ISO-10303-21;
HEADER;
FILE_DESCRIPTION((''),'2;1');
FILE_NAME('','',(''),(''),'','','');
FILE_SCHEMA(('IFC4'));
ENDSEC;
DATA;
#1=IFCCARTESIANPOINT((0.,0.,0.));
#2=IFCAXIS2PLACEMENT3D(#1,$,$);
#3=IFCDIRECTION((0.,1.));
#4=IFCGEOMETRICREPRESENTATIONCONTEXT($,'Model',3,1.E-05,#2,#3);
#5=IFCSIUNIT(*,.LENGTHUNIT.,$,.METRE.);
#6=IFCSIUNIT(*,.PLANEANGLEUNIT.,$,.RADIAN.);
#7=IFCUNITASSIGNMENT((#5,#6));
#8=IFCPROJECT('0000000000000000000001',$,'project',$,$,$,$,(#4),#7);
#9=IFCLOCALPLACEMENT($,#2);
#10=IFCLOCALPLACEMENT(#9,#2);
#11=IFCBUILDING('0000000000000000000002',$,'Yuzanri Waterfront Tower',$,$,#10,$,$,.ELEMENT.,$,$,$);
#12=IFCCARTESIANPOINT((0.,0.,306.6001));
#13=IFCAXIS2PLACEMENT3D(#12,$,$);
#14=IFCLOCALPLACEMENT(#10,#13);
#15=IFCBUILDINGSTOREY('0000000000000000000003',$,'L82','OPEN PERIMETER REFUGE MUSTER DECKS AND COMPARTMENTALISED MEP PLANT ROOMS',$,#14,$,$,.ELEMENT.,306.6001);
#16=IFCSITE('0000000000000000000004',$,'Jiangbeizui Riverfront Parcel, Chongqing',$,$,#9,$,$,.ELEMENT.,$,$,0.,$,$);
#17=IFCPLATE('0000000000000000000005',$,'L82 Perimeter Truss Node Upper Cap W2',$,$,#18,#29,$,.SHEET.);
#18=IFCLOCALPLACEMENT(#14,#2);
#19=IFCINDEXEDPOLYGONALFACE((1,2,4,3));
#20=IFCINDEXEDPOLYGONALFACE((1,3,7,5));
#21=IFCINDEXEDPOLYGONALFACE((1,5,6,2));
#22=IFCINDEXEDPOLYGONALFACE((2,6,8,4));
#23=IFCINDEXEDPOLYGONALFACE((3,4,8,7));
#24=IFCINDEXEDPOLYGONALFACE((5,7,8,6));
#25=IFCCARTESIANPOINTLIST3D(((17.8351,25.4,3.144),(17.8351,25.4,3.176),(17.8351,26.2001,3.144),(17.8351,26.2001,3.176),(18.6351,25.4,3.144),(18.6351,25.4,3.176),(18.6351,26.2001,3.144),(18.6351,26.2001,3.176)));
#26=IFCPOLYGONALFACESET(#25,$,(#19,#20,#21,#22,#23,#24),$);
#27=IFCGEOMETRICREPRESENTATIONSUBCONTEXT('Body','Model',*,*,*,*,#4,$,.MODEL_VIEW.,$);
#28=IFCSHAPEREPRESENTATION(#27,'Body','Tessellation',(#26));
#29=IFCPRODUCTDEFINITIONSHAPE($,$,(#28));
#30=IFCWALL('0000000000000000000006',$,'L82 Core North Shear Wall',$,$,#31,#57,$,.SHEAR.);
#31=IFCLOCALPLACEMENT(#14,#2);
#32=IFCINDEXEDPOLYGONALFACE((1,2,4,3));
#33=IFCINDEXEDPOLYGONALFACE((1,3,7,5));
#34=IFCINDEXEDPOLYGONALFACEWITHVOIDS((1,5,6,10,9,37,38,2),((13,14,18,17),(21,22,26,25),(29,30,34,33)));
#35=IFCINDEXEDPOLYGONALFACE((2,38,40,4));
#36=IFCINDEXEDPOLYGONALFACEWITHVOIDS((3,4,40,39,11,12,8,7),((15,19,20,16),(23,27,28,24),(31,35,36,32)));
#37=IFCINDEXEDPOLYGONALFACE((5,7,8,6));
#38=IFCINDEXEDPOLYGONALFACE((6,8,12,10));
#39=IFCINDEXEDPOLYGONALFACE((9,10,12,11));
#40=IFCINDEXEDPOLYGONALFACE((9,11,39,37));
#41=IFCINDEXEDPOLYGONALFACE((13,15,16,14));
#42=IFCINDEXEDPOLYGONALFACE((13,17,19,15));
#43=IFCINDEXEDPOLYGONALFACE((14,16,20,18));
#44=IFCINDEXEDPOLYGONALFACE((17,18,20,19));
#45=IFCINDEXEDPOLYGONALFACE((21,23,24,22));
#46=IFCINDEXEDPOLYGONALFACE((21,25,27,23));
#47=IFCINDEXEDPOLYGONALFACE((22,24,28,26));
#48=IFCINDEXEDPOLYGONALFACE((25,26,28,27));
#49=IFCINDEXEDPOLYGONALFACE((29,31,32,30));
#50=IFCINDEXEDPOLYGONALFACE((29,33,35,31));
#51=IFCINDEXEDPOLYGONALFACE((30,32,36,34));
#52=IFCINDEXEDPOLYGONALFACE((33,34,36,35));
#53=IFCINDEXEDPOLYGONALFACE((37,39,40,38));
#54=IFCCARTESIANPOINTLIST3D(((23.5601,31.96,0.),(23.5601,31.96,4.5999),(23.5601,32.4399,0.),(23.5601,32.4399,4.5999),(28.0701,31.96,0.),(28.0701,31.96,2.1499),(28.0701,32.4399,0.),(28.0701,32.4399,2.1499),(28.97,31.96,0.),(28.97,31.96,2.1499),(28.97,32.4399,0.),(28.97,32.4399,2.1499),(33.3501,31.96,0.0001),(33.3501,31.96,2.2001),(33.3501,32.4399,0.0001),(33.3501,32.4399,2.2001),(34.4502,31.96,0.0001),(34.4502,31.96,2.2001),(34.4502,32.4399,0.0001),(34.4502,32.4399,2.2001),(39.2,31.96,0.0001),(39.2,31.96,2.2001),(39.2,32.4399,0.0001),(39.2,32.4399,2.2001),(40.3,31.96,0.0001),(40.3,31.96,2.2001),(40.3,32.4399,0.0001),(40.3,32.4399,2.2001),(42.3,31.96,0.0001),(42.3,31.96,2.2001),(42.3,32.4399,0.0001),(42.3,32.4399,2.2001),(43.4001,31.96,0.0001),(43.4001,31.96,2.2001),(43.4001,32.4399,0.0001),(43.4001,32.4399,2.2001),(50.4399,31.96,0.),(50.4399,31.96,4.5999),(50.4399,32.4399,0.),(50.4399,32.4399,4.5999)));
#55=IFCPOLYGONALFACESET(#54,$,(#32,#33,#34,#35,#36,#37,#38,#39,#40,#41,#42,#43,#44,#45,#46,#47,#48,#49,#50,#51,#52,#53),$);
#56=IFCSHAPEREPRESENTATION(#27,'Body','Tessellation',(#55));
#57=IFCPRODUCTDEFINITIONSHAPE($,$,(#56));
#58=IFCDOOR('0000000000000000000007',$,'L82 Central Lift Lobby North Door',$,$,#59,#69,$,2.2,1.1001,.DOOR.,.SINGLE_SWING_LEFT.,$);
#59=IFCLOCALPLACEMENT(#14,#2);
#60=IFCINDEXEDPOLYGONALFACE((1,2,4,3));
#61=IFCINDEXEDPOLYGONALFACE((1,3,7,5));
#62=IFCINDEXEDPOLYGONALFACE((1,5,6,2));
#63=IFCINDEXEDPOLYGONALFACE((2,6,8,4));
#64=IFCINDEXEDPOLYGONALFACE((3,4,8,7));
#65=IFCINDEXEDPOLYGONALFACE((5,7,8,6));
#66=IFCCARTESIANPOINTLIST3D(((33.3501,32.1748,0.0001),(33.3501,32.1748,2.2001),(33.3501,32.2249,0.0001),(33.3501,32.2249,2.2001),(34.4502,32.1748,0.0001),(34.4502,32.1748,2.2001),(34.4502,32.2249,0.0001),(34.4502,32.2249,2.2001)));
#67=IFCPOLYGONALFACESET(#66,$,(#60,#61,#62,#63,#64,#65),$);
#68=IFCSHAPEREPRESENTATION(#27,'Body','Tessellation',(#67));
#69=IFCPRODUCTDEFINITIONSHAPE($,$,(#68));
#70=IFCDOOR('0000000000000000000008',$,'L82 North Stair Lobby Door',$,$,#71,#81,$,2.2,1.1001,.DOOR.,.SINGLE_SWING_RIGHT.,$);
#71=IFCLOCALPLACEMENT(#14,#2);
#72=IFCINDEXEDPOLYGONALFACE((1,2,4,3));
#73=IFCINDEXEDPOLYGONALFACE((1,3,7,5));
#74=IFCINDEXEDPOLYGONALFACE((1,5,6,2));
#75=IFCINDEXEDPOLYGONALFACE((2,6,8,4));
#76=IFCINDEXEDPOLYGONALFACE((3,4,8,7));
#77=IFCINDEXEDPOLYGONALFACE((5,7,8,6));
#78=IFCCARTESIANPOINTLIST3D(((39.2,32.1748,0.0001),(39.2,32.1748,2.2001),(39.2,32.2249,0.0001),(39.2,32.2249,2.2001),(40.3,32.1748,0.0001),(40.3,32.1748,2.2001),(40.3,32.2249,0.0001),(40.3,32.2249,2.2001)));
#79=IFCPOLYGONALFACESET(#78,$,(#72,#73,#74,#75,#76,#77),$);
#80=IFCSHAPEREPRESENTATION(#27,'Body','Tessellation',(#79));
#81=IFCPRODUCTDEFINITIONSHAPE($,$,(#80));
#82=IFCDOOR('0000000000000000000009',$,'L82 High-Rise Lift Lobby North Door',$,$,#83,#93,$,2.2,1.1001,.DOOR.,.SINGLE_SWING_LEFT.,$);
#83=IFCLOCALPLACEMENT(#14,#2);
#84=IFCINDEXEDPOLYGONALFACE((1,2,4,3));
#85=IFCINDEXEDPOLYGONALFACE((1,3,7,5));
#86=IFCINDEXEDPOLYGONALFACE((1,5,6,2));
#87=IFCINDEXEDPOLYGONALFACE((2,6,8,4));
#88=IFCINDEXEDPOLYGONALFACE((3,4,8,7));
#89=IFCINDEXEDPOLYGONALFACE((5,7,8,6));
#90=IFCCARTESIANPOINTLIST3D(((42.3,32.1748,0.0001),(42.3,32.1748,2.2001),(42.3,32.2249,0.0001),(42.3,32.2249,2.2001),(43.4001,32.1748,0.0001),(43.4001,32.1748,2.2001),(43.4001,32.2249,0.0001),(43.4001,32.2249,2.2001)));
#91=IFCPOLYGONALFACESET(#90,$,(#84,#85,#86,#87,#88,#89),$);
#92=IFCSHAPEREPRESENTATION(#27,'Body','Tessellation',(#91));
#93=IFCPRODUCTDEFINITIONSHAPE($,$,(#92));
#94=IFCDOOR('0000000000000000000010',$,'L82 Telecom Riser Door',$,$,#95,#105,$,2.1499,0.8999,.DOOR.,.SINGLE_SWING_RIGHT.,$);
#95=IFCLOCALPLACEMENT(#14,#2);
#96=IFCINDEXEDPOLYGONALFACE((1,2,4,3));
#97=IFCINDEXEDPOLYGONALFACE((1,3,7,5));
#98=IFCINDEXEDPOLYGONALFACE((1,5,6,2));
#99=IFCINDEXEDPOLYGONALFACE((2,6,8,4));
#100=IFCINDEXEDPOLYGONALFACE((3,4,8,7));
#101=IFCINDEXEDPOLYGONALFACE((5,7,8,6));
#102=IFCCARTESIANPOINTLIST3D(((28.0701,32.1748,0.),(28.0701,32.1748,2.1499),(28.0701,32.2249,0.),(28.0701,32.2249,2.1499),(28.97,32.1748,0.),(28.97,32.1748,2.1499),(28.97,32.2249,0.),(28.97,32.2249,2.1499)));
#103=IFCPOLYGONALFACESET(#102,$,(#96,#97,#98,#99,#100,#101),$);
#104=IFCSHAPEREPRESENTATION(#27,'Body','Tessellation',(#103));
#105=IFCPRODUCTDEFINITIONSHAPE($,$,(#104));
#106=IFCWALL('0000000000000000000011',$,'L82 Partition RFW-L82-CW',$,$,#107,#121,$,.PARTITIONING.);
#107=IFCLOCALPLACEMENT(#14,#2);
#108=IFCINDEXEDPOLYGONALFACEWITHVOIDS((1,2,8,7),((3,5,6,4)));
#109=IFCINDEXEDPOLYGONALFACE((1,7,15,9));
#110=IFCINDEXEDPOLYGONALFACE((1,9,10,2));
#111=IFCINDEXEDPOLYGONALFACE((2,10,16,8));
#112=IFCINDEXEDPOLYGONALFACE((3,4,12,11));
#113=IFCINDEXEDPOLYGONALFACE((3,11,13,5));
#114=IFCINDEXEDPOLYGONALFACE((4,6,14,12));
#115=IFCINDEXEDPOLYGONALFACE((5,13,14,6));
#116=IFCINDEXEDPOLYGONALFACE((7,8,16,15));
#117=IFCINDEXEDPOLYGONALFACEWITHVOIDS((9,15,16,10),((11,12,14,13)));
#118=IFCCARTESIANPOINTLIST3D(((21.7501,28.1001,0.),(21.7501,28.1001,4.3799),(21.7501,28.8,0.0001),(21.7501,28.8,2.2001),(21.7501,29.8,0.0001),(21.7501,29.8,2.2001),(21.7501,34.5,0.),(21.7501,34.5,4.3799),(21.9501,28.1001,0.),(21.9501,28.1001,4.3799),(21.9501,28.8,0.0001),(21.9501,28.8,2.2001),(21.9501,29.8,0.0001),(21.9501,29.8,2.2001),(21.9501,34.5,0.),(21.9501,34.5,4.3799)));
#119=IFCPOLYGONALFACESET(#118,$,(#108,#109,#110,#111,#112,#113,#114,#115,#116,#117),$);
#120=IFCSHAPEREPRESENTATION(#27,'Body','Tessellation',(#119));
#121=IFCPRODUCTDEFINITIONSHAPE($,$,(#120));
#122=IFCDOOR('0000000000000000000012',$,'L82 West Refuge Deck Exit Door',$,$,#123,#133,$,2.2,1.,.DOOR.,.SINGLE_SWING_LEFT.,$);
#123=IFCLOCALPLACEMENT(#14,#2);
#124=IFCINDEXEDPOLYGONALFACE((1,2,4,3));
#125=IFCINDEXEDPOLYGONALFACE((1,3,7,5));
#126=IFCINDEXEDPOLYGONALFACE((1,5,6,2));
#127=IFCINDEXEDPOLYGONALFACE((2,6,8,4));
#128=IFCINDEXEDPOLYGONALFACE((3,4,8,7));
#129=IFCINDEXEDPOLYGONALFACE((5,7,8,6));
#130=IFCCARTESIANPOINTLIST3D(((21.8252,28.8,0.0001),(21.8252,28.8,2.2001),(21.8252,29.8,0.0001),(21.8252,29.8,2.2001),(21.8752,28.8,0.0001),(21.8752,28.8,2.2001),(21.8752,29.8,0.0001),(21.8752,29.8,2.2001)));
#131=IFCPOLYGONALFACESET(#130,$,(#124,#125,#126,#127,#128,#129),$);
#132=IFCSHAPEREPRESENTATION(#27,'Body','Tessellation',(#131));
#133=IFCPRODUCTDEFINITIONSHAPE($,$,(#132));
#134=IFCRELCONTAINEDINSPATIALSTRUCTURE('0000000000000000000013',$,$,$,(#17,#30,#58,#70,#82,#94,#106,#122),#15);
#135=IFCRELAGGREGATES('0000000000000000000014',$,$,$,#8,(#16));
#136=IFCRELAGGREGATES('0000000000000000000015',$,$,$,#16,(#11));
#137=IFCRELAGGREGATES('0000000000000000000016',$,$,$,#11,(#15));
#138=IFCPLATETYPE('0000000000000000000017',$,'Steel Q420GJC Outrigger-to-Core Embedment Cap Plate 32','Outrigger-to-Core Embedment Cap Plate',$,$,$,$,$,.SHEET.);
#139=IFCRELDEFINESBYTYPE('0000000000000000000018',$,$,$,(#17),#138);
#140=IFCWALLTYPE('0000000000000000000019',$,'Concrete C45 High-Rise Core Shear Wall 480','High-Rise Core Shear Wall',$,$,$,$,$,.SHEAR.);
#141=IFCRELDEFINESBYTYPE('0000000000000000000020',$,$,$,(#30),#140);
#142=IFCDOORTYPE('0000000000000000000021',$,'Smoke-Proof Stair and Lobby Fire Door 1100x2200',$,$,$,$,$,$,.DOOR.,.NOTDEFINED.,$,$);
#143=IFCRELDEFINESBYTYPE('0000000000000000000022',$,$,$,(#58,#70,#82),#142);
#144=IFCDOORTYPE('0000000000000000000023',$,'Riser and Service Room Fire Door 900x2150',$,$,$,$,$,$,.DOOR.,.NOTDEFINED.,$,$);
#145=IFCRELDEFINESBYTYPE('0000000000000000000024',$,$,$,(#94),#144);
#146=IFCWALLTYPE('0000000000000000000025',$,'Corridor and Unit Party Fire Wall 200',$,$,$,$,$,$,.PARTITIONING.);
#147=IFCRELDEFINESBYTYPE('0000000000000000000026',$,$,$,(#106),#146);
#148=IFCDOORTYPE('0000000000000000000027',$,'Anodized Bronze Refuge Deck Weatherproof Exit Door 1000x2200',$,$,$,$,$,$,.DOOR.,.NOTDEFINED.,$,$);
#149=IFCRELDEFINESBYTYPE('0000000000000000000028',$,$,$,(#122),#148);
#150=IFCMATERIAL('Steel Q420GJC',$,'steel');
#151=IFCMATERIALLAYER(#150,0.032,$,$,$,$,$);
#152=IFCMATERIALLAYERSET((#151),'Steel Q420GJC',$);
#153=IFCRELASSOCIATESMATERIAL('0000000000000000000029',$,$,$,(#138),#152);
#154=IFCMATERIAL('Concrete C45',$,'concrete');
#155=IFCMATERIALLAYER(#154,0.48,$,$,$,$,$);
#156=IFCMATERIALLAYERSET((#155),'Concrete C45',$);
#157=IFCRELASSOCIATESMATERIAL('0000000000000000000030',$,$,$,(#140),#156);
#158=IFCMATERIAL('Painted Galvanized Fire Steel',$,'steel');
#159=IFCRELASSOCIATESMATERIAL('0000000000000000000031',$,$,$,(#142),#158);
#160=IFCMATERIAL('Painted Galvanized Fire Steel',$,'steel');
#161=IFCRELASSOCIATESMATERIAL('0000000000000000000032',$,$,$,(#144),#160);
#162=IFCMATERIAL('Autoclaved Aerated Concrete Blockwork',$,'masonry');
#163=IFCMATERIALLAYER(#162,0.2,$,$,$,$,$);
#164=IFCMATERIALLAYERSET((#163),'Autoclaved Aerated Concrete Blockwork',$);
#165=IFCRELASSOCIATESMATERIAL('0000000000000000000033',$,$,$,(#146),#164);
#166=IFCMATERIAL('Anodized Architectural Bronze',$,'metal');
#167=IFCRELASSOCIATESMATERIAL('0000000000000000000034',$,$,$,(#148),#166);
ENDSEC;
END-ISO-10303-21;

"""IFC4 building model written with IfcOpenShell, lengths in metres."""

from ifc_helpers import new_model, si_unit, direction, frame, frame_2d, origin, origin_2d, place, context, subcontext, project, spatial, rectangle, extrude, source, transform, mapped, material, layer, layer_set, type_object, element, fill, save


model = new_model("IFC4")

# Units and contexts
model_context = context("Model", 3, precision=1e-05, world=origin(), true_north=direction((0.0, 1.0)))
body_context = subcontext(model_context, "Body", "Model", "MODEL_VIEW")
ifc_project = project(units=[si_unit("LENGTHUNIT", "METRE"), si_unit("PLANEANGLEUNIT", "RADIAN")], contexts=[model_context])

# Site, building, storey
site_placement = place(None, origin())
site = spatial("IfcSite", under=ifc_project, at=site_placement, Name="Jiangbeizui Riverfront Parcel, Chongqing", CompositionType="ELEMENT", RefElevation=0.0)
building_placement = place(site_placement, origin())
building = spatial("IfcBuilding", under=site, at=building_placement, Name="Yuzanri Waterfront Tower", CompositionType="ELEMENT")
storey_placement = place(building_placement, frame((0.0, 0.0, 306.6001)))
storey = spatial("IfcBuildingStorey", under=building, at=storey_placement, Name="L82", Description="OPEN PERIMETER REFUGE MUSTER DECKS AND COMPARTMENTALISED MEP PLANT ROOMS", CompositionType="ELEMENT", Elevation=306.6001)

# Plate
ifc_material_1 = material(Name="Steel Q420GJC", Category="steel")
ifc_layer_1 = layer(ifc_material_1, 0.032)
ifc_layer_set_1 = layer_set([ifc_layer_1], Name="Steel Q420GJC")
plate_type = type_object("IfcPlateType", Name="Steel Q420GJC Outrigger-to-Core Embedment Cap Plate 32", Description="Outrigger-to-Core Embedment Cap Plate", PredefinedType="SHEET", material=ifc_layer_set_1)
shared_shape_1 = source(origin(), body_context, "Body", "SweptSolid", [
    extrude(rectangle(XDim=0.8, YDim=0.8, at=origin_2d()), origin(), (0.0, 0.0, 1.0), 0.032),
])
for number, where, z_axis, x_axis, name in (
    (1, (18.2351, 25.8, 3.144), (0.0, 0.0, 1.0), (1.0, 0.0, 0.0), "L82 Perimeter Truss Node Upper Cap W2"),
):
    element("IfcPlate", number, at=place(storey_placement, frame(where, z_axis=z_axis, x_axis=x_axis)), inside=storey, type_object=plate_type, Name=name, PredefinedType="SHEET", context=body_context, shape_type="MappedRepresentation", body=[
        mapped(shared_shape_1, transform((0.0, 0.0, 0.0), scale=1.0)),
    ])

# Wall, openings, doors
ifc_material_2 = material(Name="Concrete C45", Category="concrete")
ifc_layer_2 = layer(ifc_material_2, 0.48)
ifc_layer_set_2 = layer_set([ifc_layer_2], Name="Concrete C45")
wall_type_1 = type_object("IfcWallType", Name="Concrete C45 High-Rise Core Shear Wall 480", Description="High-Rise Core Shear Wall", PredefinedType="SHEAR", material=ifc_layer_set_2)
wall_1_placement = place(storey_placement, frame((23.5601, 32.2, 0.0), z_axis=(0.0, 0.0, 1.0), x_axis=(1.0, 0.0, 0.0)))
wall_1 = element("IfcWall", 2, at=wall_1_placement, inside=storey, type_object=wall_type_1, Name="L82 Core North Shear Wall", PredefinedType="SHEAR", context=body_context, shape_type="SweptSolid", body=[
    extrude(rectangle(XDim=26.8799, YDim=0.48, at=frame_2d((13.4399, 0.0))), origin(), (0.0, 0.0, 1.0), 4.5999),
])
opening_1_placement = place(wall_1_placement, frame((4.51, 0.0, 0.0)))
opening_1 = element("IfcOpeningElement", 3, at=opening_1_placement, cuts=wall_1, PredefinedType="OPENING", context=body_context, shape_type="SweptSolid", body=[
    extrude(rectangle(XDim=0.8999, YDim=2.1499, at=frame_2d((0.45, 1.075))), frame((0.0, 0.2549, 0.0), z_axis=(0.0, -1.0, 0.0), x_axis=(1.0, 0.0, 0.0)), (0.0, 0.0, 1.0), 0.5098),
])
opening_2_placement = place(wall_1_placement, frame((9.79, 0.0, 0.0)))
opening_2 = element("IfcOpeningElement", 4, at=opening_2_placement, cuts=wall_1, PredefinedType="OPENING", context=body_context, shape_type="SweptSolid", body=[
    extrude(rectangle(XDim=1.1001, YDim=2.2, at=frame_2d((0.55, 1.1001))), frame((0.0, 0.2549, 0.0), z_axis=(0.0, -1.0, 0.0), x_axis=(1.0, 0.0, 0.0)), (0.0, 0.0, 1.0), 0.5098),
])
opening_3_placement = place(wall_1_placement, frame((15.6399, 0.0, 0.0)))
opening_3 = element("IfcOpeningElement", 5, at=opening_3_placement, cuts=wall_1, PredefinedType="OPENING", context=body_context, shape_type="SweptSolid", body=[
    extrude(rectangle(XDim=1.1001, YDim=2.2, at=frame_2d((0.55, 1.1001))), frame((0.0, 0.2549, 0.0), z_axis=(0.0, -1.0, 0.0), x_axis=(1.0, 0.0, 0.0)), (0.0, 0.0, 1.0), 0.5098),
])
opening_4_placement = place(wall_1_placement, frame((18.74, 0.0, 0.0)))
opening_4 = element("IfcOpeningElement", 6, at=opening_4_placement, cuts=wall_1, PredefinedType="OPENING", context=body_context, shape_type="SweptSolid", body=[
    extrude(rectangle(XDim=1.1001, YDim=2.2, at=frame_2d((0.55, 1.1001))), frame((0.0, 0.2549, 0.0), z_axis=(0.0, -1.0, 0.0), x_axis=(1.0, 0.0, 0.0)), (0.0, 0.0, 1.0), 0.5098),
])
ifc_material_3 = material(Name="Painted Galvanized Fire Steel", Category="steel")
door_type_1 = type_object("IfcDoorType", Name="Smoke-Proof Stair and Lobby Fire Door 1100x2200", OperationType="NOTDEFINED", PredefinedType="DOOR", material=ifc_material_3)
shared_shape_2 = source(origin(), body_context, "Body", "SweptSolid", [
    extrude(rectangle(XDim=1.1001, YDim=2.2, at=frame_2d((0.55, 1.1001))), frame((0.0, 0.0249, 0.0), z_axis=(0.0, -1.0, 0.0), x_axis=(1.0, 0.0, 0.0)), (0.0, 0.0, 1.0), 0.05),
])
door_1_placement = place(opening_2_placement, origin())
door_1 = element("IfcDoor", 7, at=door_1_placement, inside=storey, type_object=door_type_1, Name="L82 Central Lift Lobby North Door", OperationType="SINGLE_SWING_LEFT", OverallHeight=2.2, OverallWidth=1.1001, PredefinedType="DOOR", context=body_context, shape_type="MappedRepresentation", body=[
    mapped(shared_shape_2, transform((0.0, 0.0, 0.0), scale=1.0)),
])
fill(opening_2, door_1)
door_2_placement = place(opening_3_placement, origin())
door_2 = element("IfcDoor", 8, at=door_2_placement, inside=storey, type_object=door_type_1, Name="L82 North Stair Lobby Door", OperationType="SINGLE_SWING_RIGHT", OverallHeight=2.2, OverallWidth=1.1001, PredefinedType="DOOR", context=body_context, shape_type="MappedRepresentation", body=[
    mapped(shared_shape_2, transform((0.0, 0.0, 0.0), scale=1.0)),
])
fill(opening_3, door_2)
door_3_placement = place(opening_4_placement, origin())
door_3 = element("IfcDoor", 9, at=door_3_placement, inside=storey, type_object=door_type_1, Name="L82 High-Rise Lift Lobby North Door", OperationType="SINGLE_SWING_LEFT", OverallHeight=2.2, OverallWidth=1.1001, PredefinedType="DOOR", context=body_context, shape_type="MappedRepresentation", body=[
    mapped(shared_shape_2, transform((0.0, 0.0, 0.0), scale=1.0)),
])
fill(opening_4, door_3)
ifc_material_4 = material(Name="Painted Galvanized Fire Steel", Category="steel")
door_type_2 = type_object("IfcDoorType", Name="Riser and Service Room Fire Door 900x2150", OperationType="NOTDEFINED", PredefinedType="DOOR", material=ifc_material_4)
shared_shape_3 = source(origin(), body_context, "Body", "SweptSolid", [
    extrude(rectangle(XDim=0.8999, YDim=2.1499, at=frame_2d((0.45, 1.075))), frame((0.0, 0.0249, 0.0), z_axis=(0.0, -1.0, 0.0), x_axis=(1.0, 0.0, 0.0)), (0.0, 0.0, 1.0), 0.05),
])
door_4_placement = place(opening_1_placement, origin())
door_4 = element("IfcDoor", 10, at=door_4_placement, inside=storey, type_object=door_type_2, Name="L82 Telecom Riser Door", OperationType="SINGLE_SWING_RIGHT", OverallHeight=2.1499, OverallWidth=0.8999, PredefinedType="DOOR", context=body_context, shape_type="MappedRepresentation", body=[
    mapped(shared_shape_3, transform((0.0, 0.0, 0.0), scale=1.0)),
])
fill(opening_1, door_4)

# Wall, opening, door
ifc_material_5 = material(Name="Autoclaved Aerated Concrete Blockwork", Category="masonry")
ifc_layer_3 = layer(ifc_material_5, 0.2)
ifc_layer_set_3 = layer_set([ifc_layer_3], Name="Autoclaved Aerated Concrete Blockwork")
wall_type_2 = type_object("IfcWallType", Name="Corridor and Unit Party Fire Wall 200", PredefinedType="PARTITIONING", material=ifc_layer_set_3)
wall_2_placement = place(storey_placement, frame((21.8501, 28.1001, 0.0), z_axis=(0.0, 0.0, 1.0), x_axis=(0.0, 1.0, 0.0)))
wall_2 = element("IfcWall", 11, at=wall_2_placement, inside=storey, type_object=wall_type_2, Name="L82 Partition RFW-L82-CW", PredefinedType="PARTITIONING", context=body_context, shape_type="SweptSolid", body=[
    extrude(rectangle(XDim=6.3999, YDim=0.2, at=frame_2d((3.2, 0.0))), origin(), (0.0, 0.0, 1.0), 4.3799),
])
opening_5_placement = place(wall_2_placement, frame((0.7, 0.0, 0.0)))
opening_5 = element("IfcOpeningElement", 12, at=opening_5_placement, cuts=wall_2, PredefinedType="OPENING", context=body_context, shape_type="SweptSolid", body=[
    extrude(rectangle(XDim=1.0, YDim=2.2, at=frame_2d((0.5, 1.1001))), frame((0.0, 0.1147, 0.0), z_axis=(0.0, -1.0, 0.0), x_axis=(1.0, 0.0, 0.0)), (0.0, 0.0, 1.0), 0.2297),
])
ifc_material_6 = material(Name="Anodized Architectural Bronze", Category="metal")
door_type_3 = type_object("IfcDoorType", Name="Anodized Bronze Refuge Deck Weatherproof Exit Door 1000x2200", OperationType="NOTDEFINED", PredefinedType="DOOR", material=ifc_material_6)
shared_shape_4 = source(origin(), body_context, "Body", "SweptSolid", [
    extrude(rectangle(XDim=1.0, YDim=2.2, at=frame_2d((0.5, 1.1001))), frame((0.0, 0.0249, 0.0), z_axis=(0.0, -1.0, 0.0), x_axis=(1.0, 0.0, 0.0)), (0.0, 0.0, 1.0), 0.05),
])
door_5_placement = place(opening_5_placement, origin())
door_5 = element("IfcDoor", 13, at=door_5_placement, inside=storey, type_object=door_type_3, Name="L82 West Refuge Deck Exit Door", OperationType="SINGLE_SWING_LEFT", OverallHeight=2.2, OverallWidth=1.0, PredefinedType="DOOR", context=body_context, shape_type="MappedRepresentation", body=[
    mapped(shared_shape_4, transform((0.0, 0.0, 0.0), scale=1.0)),
])
fill(opening_5, door_5)

save(model, "model.ifc")
